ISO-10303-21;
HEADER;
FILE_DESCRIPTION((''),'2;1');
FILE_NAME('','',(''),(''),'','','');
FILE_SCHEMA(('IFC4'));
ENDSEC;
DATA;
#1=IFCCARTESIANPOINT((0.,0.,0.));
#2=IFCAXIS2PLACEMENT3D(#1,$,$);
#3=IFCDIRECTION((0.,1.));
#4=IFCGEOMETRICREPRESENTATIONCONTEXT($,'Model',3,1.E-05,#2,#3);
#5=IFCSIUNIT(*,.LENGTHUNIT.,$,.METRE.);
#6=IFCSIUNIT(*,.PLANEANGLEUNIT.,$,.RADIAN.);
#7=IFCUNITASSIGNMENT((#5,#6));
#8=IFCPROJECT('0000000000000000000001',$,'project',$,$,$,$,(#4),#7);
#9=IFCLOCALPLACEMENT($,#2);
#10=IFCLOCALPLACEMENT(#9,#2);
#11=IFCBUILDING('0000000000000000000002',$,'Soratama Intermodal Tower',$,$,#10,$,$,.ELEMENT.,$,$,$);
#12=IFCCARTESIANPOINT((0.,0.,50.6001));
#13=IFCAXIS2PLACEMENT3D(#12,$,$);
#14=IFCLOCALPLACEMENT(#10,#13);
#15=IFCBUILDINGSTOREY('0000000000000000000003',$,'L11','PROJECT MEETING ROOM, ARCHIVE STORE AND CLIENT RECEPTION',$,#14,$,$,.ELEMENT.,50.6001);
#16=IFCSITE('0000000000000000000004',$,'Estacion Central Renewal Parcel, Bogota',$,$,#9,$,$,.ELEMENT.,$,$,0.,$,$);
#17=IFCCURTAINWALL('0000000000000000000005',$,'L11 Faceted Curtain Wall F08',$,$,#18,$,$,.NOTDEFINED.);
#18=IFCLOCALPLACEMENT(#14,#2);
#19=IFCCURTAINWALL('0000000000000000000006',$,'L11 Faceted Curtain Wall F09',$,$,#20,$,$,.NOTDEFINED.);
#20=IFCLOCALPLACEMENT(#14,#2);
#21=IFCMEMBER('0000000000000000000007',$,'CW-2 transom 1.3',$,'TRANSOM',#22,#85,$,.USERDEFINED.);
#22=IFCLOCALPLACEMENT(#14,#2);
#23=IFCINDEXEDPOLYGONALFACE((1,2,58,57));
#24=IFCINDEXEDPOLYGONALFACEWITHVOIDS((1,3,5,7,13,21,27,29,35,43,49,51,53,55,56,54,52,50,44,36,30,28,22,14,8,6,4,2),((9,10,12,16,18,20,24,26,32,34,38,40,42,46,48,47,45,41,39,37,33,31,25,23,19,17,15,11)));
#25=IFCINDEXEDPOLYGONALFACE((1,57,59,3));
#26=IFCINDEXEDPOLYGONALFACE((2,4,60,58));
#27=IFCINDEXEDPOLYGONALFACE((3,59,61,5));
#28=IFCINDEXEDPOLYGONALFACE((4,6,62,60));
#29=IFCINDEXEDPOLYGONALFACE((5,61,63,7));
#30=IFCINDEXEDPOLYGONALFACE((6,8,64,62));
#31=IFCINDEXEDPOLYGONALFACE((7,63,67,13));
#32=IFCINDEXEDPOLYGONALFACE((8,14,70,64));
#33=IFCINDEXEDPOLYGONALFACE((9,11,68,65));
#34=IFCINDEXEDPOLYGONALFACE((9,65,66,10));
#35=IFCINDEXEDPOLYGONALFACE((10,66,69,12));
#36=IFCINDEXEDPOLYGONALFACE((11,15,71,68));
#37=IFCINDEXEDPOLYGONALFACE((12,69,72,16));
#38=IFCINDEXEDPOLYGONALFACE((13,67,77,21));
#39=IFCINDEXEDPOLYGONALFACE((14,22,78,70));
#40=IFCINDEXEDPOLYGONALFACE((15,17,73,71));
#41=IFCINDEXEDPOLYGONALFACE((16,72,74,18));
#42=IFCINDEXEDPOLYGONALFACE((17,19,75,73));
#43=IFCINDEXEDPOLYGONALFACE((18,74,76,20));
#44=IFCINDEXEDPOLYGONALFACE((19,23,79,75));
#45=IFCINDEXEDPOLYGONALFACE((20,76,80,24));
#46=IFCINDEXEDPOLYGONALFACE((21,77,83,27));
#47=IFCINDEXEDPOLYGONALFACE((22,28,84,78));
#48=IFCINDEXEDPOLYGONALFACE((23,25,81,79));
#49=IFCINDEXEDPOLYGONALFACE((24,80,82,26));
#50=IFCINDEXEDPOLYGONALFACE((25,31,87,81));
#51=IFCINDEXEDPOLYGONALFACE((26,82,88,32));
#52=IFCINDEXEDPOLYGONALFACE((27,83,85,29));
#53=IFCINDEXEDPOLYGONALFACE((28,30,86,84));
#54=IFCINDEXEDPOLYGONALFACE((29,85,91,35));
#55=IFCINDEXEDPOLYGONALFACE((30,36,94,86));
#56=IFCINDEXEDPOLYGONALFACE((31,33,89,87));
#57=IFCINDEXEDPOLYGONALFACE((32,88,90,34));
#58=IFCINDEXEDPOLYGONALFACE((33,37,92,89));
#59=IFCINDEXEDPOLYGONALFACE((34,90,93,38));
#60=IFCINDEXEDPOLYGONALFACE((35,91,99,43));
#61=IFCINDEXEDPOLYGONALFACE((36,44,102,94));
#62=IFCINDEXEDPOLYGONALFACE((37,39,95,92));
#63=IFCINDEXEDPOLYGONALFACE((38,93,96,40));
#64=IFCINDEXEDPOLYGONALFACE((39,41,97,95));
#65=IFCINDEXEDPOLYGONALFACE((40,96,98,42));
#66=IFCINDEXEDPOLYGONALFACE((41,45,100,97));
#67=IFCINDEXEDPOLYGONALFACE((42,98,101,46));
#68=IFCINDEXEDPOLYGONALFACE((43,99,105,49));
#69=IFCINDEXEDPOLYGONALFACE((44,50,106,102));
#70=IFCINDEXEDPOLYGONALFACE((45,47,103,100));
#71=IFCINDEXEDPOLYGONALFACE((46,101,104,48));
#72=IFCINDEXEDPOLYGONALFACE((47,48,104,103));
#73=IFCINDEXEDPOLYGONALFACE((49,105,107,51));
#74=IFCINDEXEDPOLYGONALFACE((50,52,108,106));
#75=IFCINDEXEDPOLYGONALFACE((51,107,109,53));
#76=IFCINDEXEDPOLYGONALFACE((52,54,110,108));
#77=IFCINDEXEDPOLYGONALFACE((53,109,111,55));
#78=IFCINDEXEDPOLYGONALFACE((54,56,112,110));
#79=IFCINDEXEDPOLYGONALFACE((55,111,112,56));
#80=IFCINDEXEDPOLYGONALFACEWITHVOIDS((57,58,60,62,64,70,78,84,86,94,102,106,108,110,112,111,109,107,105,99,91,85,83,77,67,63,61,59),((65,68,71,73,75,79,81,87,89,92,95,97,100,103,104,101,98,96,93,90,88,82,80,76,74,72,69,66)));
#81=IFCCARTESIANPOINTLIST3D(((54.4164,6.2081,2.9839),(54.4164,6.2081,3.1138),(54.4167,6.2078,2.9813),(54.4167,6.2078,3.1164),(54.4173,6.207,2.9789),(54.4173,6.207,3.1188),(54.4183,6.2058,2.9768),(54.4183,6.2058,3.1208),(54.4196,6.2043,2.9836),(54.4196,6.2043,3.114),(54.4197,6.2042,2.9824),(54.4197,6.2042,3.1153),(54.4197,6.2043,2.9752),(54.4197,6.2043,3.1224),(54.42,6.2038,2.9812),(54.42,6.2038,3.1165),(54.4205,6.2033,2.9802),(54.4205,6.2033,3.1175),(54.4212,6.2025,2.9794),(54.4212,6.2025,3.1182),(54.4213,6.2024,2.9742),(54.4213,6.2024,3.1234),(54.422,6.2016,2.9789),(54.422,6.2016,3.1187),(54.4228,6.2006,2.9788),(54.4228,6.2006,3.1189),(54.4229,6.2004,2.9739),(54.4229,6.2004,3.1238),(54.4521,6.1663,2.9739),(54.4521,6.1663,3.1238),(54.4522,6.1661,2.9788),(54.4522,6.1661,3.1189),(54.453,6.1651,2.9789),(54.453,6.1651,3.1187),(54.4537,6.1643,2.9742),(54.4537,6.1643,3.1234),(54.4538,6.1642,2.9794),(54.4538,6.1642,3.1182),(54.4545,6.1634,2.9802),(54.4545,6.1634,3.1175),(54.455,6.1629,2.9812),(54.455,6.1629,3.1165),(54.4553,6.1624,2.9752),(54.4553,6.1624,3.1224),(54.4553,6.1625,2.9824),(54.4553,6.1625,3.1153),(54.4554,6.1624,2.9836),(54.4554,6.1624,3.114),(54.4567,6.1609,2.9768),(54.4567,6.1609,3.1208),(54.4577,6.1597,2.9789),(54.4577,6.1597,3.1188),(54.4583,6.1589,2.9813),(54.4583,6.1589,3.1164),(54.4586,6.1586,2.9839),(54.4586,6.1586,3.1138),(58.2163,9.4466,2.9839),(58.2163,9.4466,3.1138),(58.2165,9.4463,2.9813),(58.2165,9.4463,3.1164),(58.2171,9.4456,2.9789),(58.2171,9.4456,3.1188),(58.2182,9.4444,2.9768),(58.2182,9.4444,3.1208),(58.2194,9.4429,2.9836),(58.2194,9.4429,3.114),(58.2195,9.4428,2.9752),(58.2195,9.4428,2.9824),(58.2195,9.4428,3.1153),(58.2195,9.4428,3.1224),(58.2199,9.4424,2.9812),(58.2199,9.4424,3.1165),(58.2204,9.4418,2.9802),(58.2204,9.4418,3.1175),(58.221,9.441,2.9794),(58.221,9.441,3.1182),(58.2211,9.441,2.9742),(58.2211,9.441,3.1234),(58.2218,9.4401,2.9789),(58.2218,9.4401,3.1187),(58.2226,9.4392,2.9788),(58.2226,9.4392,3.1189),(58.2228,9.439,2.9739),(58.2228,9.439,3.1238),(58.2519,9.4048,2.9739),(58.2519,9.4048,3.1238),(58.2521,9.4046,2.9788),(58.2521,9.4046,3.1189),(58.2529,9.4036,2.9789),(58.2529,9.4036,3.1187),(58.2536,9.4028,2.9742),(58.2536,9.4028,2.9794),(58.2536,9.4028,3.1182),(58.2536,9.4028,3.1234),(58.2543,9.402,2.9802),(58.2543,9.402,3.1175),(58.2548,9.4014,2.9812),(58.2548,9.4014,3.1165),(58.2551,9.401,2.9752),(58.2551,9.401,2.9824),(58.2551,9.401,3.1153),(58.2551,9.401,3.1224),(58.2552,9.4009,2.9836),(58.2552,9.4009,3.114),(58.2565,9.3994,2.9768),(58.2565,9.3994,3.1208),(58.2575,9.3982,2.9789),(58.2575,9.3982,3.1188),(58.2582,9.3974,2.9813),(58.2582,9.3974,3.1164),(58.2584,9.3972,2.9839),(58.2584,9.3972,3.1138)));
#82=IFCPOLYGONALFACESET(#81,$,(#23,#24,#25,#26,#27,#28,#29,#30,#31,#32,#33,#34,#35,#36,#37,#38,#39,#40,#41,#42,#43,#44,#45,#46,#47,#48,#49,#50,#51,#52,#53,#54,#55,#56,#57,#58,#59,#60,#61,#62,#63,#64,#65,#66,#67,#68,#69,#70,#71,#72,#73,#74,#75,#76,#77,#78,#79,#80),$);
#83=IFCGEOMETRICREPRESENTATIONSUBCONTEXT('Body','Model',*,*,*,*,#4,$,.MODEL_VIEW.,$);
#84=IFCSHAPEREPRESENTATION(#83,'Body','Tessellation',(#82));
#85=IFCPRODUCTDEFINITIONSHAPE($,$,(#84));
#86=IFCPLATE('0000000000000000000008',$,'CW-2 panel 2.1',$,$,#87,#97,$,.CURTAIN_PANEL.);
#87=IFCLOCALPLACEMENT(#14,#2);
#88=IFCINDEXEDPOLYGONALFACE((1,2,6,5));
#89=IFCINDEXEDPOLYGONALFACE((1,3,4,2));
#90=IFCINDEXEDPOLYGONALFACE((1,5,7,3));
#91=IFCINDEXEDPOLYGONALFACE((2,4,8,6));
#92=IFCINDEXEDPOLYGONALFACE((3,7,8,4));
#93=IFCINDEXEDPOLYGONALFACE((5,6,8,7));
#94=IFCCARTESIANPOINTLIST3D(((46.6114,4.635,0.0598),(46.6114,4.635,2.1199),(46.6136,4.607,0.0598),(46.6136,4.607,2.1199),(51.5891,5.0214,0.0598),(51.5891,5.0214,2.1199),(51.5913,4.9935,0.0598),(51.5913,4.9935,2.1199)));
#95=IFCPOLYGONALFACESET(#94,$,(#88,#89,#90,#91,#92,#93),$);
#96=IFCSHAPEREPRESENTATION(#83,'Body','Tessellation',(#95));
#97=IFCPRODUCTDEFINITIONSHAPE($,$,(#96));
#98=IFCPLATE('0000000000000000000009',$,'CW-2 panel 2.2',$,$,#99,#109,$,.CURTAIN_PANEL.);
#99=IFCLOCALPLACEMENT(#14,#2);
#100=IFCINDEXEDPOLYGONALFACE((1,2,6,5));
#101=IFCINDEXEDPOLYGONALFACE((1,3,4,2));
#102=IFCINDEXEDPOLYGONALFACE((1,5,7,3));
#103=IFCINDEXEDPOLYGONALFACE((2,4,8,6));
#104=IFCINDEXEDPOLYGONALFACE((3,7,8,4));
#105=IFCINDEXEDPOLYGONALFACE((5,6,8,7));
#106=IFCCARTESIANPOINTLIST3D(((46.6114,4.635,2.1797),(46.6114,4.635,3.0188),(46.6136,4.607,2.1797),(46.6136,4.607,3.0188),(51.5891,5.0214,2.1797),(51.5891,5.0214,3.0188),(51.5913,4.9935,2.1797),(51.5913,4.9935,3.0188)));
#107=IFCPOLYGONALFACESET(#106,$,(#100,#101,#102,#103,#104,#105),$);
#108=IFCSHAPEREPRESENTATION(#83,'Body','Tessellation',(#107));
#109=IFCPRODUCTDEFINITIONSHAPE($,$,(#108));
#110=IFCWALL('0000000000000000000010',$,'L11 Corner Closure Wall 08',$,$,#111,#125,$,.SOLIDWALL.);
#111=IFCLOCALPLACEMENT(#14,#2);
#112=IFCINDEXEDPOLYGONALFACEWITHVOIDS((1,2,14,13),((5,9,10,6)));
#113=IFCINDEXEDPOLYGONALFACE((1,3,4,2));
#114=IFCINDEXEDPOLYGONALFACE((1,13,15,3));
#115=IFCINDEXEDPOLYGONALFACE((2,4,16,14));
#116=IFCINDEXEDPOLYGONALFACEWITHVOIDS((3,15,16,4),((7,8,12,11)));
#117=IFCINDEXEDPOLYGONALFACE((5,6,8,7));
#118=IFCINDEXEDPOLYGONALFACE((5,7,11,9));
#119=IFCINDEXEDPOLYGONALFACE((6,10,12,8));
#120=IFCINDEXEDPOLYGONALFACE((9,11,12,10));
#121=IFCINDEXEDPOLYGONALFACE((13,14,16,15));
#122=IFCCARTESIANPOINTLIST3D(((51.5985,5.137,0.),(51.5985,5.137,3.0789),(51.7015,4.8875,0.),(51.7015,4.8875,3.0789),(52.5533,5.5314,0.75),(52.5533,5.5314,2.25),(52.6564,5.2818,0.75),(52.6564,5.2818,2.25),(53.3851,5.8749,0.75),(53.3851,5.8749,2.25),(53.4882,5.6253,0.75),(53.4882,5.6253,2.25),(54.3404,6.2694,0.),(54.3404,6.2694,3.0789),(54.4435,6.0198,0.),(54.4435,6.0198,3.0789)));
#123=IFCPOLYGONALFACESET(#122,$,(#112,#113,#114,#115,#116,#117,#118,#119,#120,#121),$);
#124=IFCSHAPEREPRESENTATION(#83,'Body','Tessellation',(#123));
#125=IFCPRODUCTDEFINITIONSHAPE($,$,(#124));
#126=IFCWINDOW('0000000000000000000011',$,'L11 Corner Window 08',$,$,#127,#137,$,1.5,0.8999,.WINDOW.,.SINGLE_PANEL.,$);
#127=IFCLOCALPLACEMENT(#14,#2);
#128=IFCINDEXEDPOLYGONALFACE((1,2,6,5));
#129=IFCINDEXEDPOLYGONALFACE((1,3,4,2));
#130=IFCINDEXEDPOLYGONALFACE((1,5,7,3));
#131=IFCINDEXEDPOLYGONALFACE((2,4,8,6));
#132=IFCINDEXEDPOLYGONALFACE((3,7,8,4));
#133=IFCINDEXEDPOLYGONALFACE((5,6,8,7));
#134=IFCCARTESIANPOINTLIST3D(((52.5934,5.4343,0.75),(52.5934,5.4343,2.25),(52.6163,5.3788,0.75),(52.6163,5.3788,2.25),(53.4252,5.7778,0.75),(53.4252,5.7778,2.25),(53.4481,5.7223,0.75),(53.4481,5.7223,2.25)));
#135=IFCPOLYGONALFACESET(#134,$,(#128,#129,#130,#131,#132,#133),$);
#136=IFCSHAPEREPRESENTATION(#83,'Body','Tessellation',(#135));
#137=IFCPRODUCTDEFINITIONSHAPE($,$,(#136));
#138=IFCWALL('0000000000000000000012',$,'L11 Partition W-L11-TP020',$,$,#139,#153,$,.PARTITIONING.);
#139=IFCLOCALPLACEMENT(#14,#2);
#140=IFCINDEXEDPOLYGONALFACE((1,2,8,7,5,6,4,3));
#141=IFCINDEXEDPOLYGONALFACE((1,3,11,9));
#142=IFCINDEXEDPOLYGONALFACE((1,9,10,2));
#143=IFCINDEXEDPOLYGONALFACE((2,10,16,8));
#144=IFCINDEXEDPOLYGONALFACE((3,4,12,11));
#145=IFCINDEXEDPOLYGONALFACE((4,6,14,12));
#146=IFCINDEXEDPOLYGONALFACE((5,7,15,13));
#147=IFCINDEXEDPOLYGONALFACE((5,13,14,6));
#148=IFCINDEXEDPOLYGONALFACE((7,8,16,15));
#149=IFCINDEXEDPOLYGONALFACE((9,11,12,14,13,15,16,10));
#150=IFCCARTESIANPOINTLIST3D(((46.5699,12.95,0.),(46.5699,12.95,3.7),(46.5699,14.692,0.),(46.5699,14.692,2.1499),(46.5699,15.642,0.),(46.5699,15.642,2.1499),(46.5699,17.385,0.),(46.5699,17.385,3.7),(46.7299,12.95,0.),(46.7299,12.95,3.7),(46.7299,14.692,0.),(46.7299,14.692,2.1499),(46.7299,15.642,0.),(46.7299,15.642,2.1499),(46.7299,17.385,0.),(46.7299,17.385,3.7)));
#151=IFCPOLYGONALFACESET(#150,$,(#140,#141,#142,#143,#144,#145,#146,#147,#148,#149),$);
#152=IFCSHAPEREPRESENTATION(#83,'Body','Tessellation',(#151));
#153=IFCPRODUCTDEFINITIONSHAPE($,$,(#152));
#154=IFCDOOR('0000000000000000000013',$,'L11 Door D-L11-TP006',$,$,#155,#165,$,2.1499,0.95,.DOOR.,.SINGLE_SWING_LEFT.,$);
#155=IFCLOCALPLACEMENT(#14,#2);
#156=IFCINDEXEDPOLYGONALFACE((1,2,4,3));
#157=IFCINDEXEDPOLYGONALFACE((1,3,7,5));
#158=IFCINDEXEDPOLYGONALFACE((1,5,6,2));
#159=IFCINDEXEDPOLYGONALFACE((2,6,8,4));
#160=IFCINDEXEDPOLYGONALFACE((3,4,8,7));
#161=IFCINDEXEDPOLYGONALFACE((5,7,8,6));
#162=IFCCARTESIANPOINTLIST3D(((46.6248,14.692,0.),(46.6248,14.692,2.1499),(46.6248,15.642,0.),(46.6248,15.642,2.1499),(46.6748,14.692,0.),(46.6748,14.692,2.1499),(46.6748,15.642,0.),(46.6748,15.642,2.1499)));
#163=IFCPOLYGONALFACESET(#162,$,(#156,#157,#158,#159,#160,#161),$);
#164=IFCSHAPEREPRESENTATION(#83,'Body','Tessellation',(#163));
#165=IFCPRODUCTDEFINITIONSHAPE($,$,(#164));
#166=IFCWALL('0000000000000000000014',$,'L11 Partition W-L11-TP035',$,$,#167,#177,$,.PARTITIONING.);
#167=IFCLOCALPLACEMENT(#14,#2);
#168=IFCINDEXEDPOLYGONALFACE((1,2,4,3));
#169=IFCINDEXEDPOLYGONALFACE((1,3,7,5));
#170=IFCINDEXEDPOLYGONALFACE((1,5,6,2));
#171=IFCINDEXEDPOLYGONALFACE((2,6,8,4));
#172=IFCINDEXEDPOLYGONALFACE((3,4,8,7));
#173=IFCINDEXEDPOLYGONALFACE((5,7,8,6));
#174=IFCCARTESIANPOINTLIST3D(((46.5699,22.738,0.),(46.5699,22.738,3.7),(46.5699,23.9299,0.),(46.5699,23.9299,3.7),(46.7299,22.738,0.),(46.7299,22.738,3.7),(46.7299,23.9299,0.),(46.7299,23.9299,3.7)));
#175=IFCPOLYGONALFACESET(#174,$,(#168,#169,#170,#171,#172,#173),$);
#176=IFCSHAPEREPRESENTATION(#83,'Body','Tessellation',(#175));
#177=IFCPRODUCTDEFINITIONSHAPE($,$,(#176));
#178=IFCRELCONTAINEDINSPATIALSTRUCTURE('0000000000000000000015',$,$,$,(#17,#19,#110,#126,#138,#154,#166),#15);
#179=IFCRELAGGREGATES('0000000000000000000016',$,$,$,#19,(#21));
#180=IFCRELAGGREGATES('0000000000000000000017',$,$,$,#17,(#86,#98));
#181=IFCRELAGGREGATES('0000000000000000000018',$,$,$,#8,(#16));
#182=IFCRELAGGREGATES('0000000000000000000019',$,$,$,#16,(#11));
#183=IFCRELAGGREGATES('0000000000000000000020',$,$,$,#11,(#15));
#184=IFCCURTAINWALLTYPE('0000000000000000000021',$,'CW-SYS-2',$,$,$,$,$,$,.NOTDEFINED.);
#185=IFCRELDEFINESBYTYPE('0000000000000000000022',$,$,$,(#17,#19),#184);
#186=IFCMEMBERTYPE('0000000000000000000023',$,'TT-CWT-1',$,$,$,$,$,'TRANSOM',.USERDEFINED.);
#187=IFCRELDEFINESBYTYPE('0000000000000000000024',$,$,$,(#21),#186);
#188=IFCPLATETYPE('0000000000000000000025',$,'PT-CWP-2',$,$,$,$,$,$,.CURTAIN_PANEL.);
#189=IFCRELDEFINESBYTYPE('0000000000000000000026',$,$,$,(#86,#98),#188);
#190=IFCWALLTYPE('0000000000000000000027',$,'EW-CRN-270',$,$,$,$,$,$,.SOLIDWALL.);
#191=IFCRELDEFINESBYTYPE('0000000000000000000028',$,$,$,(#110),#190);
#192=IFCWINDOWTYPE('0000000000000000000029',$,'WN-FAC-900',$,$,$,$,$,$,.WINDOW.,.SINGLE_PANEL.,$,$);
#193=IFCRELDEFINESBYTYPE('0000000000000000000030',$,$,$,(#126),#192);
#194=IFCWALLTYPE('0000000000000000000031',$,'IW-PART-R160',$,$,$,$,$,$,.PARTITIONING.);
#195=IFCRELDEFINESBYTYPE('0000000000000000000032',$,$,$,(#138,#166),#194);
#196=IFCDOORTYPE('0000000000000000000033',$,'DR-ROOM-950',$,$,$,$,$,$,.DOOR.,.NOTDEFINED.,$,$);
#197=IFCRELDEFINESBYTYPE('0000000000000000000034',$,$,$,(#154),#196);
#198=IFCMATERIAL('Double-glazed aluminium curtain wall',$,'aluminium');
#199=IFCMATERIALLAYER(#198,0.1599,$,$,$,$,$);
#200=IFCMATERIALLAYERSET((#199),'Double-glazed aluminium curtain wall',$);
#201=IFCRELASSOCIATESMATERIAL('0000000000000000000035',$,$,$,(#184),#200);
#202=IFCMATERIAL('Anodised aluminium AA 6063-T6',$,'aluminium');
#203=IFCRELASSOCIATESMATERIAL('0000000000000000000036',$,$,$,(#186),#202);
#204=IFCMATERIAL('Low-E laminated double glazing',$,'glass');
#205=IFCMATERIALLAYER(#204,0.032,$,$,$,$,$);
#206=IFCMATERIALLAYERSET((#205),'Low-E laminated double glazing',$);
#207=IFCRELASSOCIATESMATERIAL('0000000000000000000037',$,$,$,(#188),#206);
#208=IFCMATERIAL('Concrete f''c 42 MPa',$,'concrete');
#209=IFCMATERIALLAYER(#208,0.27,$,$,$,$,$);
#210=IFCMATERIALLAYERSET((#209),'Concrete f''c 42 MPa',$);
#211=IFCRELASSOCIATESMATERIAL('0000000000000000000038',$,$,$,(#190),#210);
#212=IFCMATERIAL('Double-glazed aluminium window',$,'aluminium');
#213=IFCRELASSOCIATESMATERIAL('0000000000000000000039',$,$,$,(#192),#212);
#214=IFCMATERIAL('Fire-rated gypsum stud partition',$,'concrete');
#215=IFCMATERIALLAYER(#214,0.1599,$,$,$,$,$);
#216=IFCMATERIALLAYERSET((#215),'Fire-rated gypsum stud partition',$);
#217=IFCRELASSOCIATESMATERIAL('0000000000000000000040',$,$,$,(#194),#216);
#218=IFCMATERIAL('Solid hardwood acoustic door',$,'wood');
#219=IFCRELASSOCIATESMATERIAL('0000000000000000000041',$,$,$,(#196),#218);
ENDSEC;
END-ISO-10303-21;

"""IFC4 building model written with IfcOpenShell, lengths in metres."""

from ifc_helpers import new_model, si_unit, direction, frame, frame_2d, origin, origin_2d, place, context, subcontext, project, spatial, rectangle, hollow_rectangle, extrude, material, layer, layer_set, material_profile, profile_set, type_object, element, fill, aggregate, save


model = new_model("IFC4")

# Units and contexts
model_context = context("Model", 3, precision=1e-05, world=origin(), true_north=direction((0.0, 1.0)))
body_context = subcontext(model_context, "Body", "Model", "MODEL_VIEW")
ifc_project = project(units=[si_unit("LENGTHUNIT", "METRE"), si_unit("PLANEANGLEUNIT", "RADIAN")], contexts=[model_context])

# Site, building, storey
site_placement = place(None, origin())
site = spatial("IfcSite", under=ifc_project, at=site_placement, Name="Estacion Central Renewal Parcel, Bogota", CompositionType="ELEMENT", RefElevation=0.0)
building_placement = place(site_placement, origin())
building = spatial("IfcBuilding", under=site, at=building_placement, Name="Soratama Intermodal Tower", CompositionType="ELEMENT")
storey_placement = place(building_placement, frame((0.0, 0.0, 50.6001)))
storey = spatial("IfcBuildingStorey", under=building, at=storey_placement, Name="L11", Description="PROJECT MEETING ROOM, ARCHIVE STORE AND CLIENT RECEPTION", CompositionType="ELEMENT", Elevation=50.6001)

# Curtain wall
ifc_material_1 = material(Name="Double-glazed aluminium curtain wall", Category="aluminium")
ifc_layer_1 = layer(ifc_material_1, 0.1599)
ifc_layer_set_1 = layer_set([ifc_layer_1], Name="Double-glazed aluminium curtain wall")
curtain_wall_type = type_object("IfcCurtainWallType", Name="CW-SYS-2", PredefinedType="NOTDEFINED", material=ifc_layer_set_1)
curtain_wall_1_placement = place(storey_placement, origin())
curtain_wall_1 = element("IfcCurtainWall", 1, at=curtain_wall_1_placement, inside=storey, type_object=curtain_wall_type, Name="L11 Faceted Curtain Wall F08", PredefinedType="NOTDEFINED")

# Curtain wall, member
curtain_wall_2_placement = place(storey_placement, origin())
curtain_wall_2 = element("IfcCurtainWall", 2, at=curtain_wall_2_placement, inside=storey, type_object=curtain_wall_type, Name="L11 Faceted Curtain Wall F09", PredefinedType="NOTDEFINED")
ifc_material_2 = material(Name="Anodised aluminium AA 6063-T6", Category="aluminium")
ifc_material_profile_1 = material_profile(ifc_material_2, hollow_rectangle(XDim=0.0649, YDim=0.1499, WallThickness=0.0049, InnerFilletRadius=0.0049, OuterFilletRadius=0.01, at=origin_2d()), Name="CWT150X65X5")
ifc_profile_set_1 = profile_set([ifc_material_profile_1], Name="Anodised aluminium AA 6063-T6")
member_type_1 = type_object("IfcMemberType", Name="TT-CWT-1", ElementType="TRANSOM", PredefinedType="USERDEFINED", material=ifc_profile_set_1)
member_1_placement = place(storey_placement, frame((54.4375, 6.1833, 3.0488), z_axis=(0.76108, 0.648658, 0.0), x_axis=(-0.648658, 0.76108, 0.0)))
member_1 = element("IfcMember", 3, at=member_1_placement, type_object=member_type_1, Name="CW-2 transom 1.3", ObjectType="TRANSOM", PredefinedType="USERDEFINED", context=body_context, shape_type="SweptSolid", body=[
    extrude(hollow_rectangle(XDim=0.0649, YDim=0.1499, WallThickness=0.0049, InnerFilletRadius=0.0049, OuterFilletRadius=0.01, at=origin_2d()), origin(), (0.0, 0.0, 1.0), 4.9927),
])
aggregate(curtain_wall_2, [member_1])

# Plates
ifc_material_3 = material(Name="Low-E laminated double glazing", Category="glass")
ifc_layer_2 = layer(ifc_material_3, 0.032)
ifc_layer_set_2 = layer_set([ifc_layer_2], Name="Low-E laminated double glazing")
plate_type = type_object("IfcPlateType", Name="PT-CWP-2", PredefinedType="CURTAIN_PANEL", material=ifc_layer_set_2)
plate_1_placement = place(storey_placement, frame((49.1013, 4.8142, 0.0598), z_axis=(0.0, 0.0, 1.0), x_axis=(0.996999, 0.077411, 0.0)))
plate_1 = element("IfcPlate", 4, at=plate_1_placement, type_object=plate_type, Name="CW-2 panel 2.1", PredefinedType="CURTAIN_PANEL", context=body_context, shape_type="SweptSolid", body=[
    extrude(rectangle(XDim=4.9927, YDim=0.0281, at=origin_2d()), origin(), (0.0, 0.0, 1.0), 2.0601),
])
plate_2_placement = place(storey_placement, frame((49.1013, 4.8142, 2.1797), z_axis=(0.0, 0.0, 1.0), x_axis=(0.996999, 0.077411, 0.0)))
plate_2 = element("IfcPlate", 5, at=plate_2_placement, type_object=plate_type, Name="CW-2 panel 2.2", PredefinedType="CURTAIN_PANEL", context=body_context, shape_type="SweptSolid", body=[
    extrude(rectangle(XDim=4.9927, YDim=0.0281, at=origin_2d()), origin(), (0.0, 0.0, 1.0), 0.8391),
])
aggregate(curtain_wall_1, [plate_1, plate_2])

# Wall, opening, window
ifc_material_4 = material(Name="Concrete f'c 42 MPa", Category="concrete")
ifc_layer_3 = layer(ifc_material_4, 0.27)
ifc_layer_set_3 = layer_set([ifc_layer_3], Name="Concrete f'c 42 MPa")
wall_type_1 = type_object("IfcWallType", Name="EW-CRN-270", PredefinedType="SOLIDWALL", material=ifc_layer_set_3)
wall_1_placement = place(storey_placement, frame((51.6499, 5.0122, 0.0), z_axis=(0.0, 0.0, 1.0), x_axis=(0.924287, 0.381697, 0.0)))
wall_1 = element("IfcWall", 6, at=wall_1_placement, inside=storey, type_object=wall_type_1, Name="L11 Corner Closure Wall 08", PredefinedType="SOLIDWALL", context=body_context, shape_type="SweptSolid", body=[
    extrude(rectangle(XDim=2.9666, YDim=0.27, at=frame_2d((1.4834, 0.0))), origin(), (0.0, 0.0, 1.0), 3.0789),
])
opening_1_placement = place(wall_1_placement, frame((1.0332, 0.0, 0.75)))
opening_1 = element("IfcOpeningElement", 7, at=opening_1_placement, cuts=wall_1, PredefinedType="OPENING", context=body_context, shape_type="SweptSolid", body=[
    extrude(rectangle(XDim=0.8999, YDim=1.5, at=frame_2d((0.45, 0.75))), frame((0.0, 0.145, 0.0), z_axis=(0.0, -1.0, 0.0), x_axis=(1.0, 0.0, 0.0)), (0.0, 0.0, 1.0), 0.29),
])
ifc_material_5 = material(Name="Double-glazed aluminium window", Category="aluminium")
window_type = type_object("IfcWindowType", Name="WN-FAC-900", PartitioningType="SINGLE_PANEL", PredefinedType="WINDOW", material=ifc_material_5)
window_placement = place(opening_1_placement, origin())
window = element("IfcWindow", 8, at=window_placement, inside=storey, type_object=window_type, Name="L11 Corner Window 08", OverallHeight=1.5, OverallWidth=0.8999, PartitioningType="SINGLE_PANEL", PredefinedType="WINDOW", context=body_context, shape_type="SweptSolid", body=[
    extrude(rectangle(XDim=0.8999, YDim=1.5, at=frame_2d((0.45, 0.75))), frame((0.0, 0.03, 0.0), z_axis=(0.0, -1.0, 0.0), x_axis=(1.0, 0.0, 0.0)), (0.0, 0.0, 1.0), 0.0601),
])
fill(opening_1, window)

# Wall, opening, door
ifc_material_6 = material(Name="Fire-rated gypsum stud partition", Category="concrete")
ifc_layer_4 = layer(ifc_material_6, 0.1599)
ifc_layer_set_4 = layer_set([ifc_layer_4], Name="Fire-rated gypsum stud partition")
wall_type_2 = type_object("IfcWallType", Name="IW-PART-R160", PredefinedType="PARTITIONING", material=ifc_layer_set_4)
wall_2_placement = place(storey_placement, frame((46.6499, 17.385, 0.0), z_axis=(0.0, 0.0, 1.0), x_axis=(0.0, -1.0, 0.0)))
wall_2 = element("IfcWall", 9, at=wall_2_placement, inside=storey, type_object=wall_type_2, Name="L11 Partition W-L11-TP020", PredefinedType="PARTITIONING", context=body_context, shape_type="SweptSolid", body=[
    extrude(rectangle(XDim=4.4351, YDim=0.1599, at=frame_2d((2.2175, 0.0))), origin(), (0.0, 0.0, 1.0), 3.7),
])
opening_2_placement = place(wall_2_placement, frame((1.7429, 0.0, 0.0)))
opening_2 = element("IfcOpeningElement", 10, at=opening_2_placement, cuts=wall_2, PredefinedType="OPENING", context=body_context, shape_type="SweptSolid", body=[
    extrude(rectangle(XDim=0.95, YDim=2.1499, at=frame_2d((0.4751, 1.075))), frame((0.0, 0.0898, 0.0), z_axis=(0.0, -1.0, 0.0), x_axis=(1.0, 0.0, 0.0)), (0.0, 0.0, 1.0), 0.1799),
])
ifc_material_7 = material(Name="Solid hardwood acoustic door", Category="wood")
door_type = type_object("IfcDoorType", Name="DR-ROOM-950", OperationType="NOTDEFINED", PredefinedType="DOOR", material=ifc_material_7)
door_1_placement = place(opening_2_placement, origin())
door_1 = element("IfcDoor", 11, at=door_1_placement, inside=storey, type_object=door_type, Name="L11 Door D-L11-TP006", OperationType="SINGLE_SWING_LEFT", OverallHeight=2.1499, OverallWidth=0.95, PredefinedType="DOOR", context=body_context, shape_type="SweptSolid", body=[
    extrude(rectangle(XDim=0.95, YDim=2.1499, at=frame_2d((0.4751, 1.075))), frame((0.0, 0.0249, 0.0), z_axis=(0.0, -1.0, 0.0), x_axis=(1.0, 0.0, 0.0)), (0.0, 0.0, 1.0), 0.05),
])
fill(opening_2, door_1)

# Wall
wall_3_placement = place(storey_placement, frame((46.6499, 23.9299, 0.0), z_axis=(0.0, 0.0, 1.0), x_axis=(0.0, -1.0, 0.0)))
element("IfcWall", 12, at=wall_3_placement, inside=storey, type_object=wall_type_2, Name="L11 Partition W-L11-TP035", PredefinedType="PARTITIONING", context=body_context, shape_type="SweptSolid", body=[
    extrude(rectangle(XDim=1.1919, YDim=0.1599, at=frame_2d((0.5959, 0.0))), origin(), (0.0, 0.0, 1.0), 3.7),
])

save(model, "model.ifc")
